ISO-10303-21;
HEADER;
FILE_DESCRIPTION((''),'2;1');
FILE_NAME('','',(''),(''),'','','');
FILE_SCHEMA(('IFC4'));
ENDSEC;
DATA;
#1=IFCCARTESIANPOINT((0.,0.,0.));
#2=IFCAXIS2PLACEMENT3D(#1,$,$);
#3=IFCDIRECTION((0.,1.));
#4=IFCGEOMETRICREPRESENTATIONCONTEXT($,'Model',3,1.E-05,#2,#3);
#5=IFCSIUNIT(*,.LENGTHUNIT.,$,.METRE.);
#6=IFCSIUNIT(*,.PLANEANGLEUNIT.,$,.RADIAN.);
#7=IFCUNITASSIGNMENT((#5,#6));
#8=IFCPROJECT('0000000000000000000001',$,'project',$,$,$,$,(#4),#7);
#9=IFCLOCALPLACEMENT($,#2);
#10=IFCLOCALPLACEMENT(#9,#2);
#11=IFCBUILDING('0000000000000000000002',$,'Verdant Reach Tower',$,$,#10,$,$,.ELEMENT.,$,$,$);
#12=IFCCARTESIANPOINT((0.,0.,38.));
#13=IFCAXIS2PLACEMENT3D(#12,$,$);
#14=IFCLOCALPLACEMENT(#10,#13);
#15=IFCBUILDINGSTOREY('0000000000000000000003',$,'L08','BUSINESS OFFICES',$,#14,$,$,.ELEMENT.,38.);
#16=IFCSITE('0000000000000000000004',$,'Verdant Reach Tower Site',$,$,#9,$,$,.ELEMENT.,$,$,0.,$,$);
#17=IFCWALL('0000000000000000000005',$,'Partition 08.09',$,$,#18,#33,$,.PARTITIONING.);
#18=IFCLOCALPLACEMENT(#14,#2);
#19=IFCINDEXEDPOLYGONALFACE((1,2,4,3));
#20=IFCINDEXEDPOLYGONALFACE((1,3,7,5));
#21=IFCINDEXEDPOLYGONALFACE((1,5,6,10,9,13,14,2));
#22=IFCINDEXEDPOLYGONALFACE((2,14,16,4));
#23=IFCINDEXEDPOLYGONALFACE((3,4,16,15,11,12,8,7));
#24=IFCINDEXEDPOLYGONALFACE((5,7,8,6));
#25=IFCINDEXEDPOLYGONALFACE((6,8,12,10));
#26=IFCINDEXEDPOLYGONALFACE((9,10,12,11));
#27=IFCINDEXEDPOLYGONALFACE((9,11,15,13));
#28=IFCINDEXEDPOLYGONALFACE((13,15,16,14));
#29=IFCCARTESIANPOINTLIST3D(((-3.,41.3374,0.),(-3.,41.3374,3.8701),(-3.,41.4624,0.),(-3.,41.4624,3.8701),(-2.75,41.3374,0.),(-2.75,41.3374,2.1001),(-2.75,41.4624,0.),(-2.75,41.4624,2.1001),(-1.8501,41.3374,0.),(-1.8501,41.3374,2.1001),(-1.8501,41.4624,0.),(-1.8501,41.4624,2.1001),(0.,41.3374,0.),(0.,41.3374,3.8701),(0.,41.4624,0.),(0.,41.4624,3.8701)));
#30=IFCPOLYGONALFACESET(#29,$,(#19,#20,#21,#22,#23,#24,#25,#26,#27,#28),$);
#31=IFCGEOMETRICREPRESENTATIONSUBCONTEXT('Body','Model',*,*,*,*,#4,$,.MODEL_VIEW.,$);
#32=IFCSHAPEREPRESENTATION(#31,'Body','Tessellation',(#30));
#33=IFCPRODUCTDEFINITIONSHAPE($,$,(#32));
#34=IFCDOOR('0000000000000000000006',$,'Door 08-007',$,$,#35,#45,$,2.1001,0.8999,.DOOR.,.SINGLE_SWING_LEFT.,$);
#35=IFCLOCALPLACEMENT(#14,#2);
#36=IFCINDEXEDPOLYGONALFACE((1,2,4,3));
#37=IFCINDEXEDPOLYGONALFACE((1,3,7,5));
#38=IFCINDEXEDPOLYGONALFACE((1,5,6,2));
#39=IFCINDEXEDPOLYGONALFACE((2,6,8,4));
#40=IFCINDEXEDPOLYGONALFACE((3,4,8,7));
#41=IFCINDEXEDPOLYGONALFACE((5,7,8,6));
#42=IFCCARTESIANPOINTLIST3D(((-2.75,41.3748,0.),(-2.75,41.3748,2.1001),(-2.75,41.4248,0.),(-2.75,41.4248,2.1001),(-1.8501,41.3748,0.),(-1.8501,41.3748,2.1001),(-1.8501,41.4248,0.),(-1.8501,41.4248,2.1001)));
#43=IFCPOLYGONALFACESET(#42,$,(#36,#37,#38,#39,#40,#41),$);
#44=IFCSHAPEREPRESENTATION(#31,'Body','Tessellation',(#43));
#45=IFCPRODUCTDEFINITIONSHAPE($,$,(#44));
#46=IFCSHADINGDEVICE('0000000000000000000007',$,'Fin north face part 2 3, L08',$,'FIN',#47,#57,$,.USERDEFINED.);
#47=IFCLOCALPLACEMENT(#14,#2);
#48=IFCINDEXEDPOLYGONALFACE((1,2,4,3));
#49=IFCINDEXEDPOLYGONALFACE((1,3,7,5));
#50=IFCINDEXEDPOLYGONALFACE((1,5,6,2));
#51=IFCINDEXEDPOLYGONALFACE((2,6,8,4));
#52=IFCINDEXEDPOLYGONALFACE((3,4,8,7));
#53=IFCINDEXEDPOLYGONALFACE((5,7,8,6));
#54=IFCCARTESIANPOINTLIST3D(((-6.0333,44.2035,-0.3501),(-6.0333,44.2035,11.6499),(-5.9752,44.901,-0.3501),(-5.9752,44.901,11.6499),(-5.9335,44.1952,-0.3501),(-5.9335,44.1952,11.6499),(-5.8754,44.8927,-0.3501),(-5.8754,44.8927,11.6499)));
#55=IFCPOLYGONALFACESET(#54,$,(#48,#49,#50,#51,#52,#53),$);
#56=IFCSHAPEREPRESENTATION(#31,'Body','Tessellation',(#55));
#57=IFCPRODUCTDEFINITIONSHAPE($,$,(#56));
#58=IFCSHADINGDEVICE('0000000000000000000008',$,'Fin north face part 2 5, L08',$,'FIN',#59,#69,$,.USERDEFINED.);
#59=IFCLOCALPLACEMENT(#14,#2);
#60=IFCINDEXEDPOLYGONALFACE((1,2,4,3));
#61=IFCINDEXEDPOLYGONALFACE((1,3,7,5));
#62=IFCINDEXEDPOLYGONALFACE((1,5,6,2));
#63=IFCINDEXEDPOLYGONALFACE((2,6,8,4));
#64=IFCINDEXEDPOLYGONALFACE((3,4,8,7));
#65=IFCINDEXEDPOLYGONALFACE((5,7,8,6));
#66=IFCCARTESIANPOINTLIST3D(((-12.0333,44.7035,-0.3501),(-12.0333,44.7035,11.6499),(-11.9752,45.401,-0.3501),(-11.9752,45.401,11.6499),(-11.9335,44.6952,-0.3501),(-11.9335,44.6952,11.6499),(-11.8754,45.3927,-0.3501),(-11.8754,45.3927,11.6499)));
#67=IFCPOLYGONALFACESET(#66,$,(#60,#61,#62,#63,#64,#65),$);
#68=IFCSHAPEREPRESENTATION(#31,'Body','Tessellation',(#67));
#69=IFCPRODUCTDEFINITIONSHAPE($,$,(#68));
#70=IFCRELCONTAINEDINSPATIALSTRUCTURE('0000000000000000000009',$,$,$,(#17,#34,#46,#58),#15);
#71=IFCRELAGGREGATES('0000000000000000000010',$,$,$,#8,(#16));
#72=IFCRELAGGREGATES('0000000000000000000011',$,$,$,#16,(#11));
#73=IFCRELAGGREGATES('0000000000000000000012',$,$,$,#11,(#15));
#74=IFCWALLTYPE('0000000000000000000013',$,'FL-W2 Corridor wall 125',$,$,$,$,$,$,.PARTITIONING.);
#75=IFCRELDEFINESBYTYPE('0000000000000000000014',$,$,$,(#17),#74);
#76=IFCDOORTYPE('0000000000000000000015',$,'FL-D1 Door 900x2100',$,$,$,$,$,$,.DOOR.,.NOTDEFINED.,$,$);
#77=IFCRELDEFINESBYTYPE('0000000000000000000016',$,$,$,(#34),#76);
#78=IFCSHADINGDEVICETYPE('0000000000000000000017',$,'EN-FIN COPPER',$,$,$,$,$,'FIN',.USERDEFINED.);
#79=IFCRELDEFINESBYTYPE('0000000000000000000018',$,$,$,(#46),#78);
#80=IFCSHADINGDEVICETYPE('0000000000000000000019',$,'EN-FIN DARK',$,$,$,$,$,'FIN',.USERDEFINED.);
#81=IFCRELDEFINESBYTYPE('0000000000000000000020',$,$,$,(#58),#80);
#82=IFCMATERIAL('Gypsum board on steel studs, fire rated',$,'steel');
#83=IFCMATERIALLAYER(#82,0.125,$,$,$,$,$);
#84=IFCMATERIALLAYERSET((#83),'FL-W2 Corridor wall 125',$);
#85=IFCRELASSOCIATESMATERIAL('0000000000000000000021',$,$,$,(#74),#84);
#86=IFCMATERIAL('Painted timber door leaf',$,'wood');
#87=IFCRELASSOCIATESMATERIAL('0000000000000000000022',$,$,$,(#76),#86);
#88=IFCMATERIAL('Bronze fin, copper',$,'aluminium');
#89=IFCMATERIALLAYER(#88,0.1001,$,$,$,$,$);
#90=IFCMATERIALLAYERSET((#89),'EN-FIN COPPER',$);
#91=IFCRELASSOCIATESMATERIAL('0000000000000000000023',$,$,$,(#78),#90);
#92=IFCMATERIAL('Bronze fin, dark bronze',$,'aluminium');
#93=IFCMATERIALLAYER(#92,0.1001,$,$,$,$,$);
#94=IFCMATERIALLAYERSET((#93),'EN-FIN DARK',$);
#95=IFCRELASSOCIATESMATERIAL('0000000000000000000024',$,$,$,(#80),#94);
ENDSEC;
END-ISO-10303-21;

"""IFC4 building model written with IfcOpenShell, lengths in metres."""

from ifc_helpers import new_model, si_unit, direction, frame, frame_2d, origin, origin_2d, place, context, subcontext, project, spatial, rectangle, extrude, material, layer, layer_set, type_object, element, fill, save


model = new_model("IFC4")

# Units and contexts
model_context = context("Model", 3, precision=1e-05, world=origin(), true_north=direction((0.0, 1.0)))
body_context = subcontext(model_context, "Body", "Model", "MODEL_VIEW")
ifc_project = project(units=[si_unit("LENGTHUNIT", "METRE"), si_unit("PLANEANGLEUNIT", "RADIAN")], contexts=[model_context])

# Site, building, storey
site_placement = place(None, origin())
site = spatial("IfcSite", under=ifc_project, at=site_placement, Name="Verdant Reach Tower Site", CompositionType="ELEMENT", RefElevation=0.0)
building_placement = place(site_placement, origin())
building = spatial("IfcBuilding", under=site, at=building_placement, Name="Verdant Reach Tower", CompositionType="ELEMENT")
storey_placement = place(building_placement, frame((0.0, 0.0, 38.0)))
storey = spatial("IfcBuildingStorey", under=building, at=storey_placement, Name="L08", Description="BUSINESS OFFICES", CompositionType="ELEMENT", Elevation=38.0)

# Wall, opening, door
ifc_material_1 = material(Name="Gypsum board on steel studs, fire rated", Category="steel")
ifc_layer_1 = layer(ifc_material_1, 0.125)
ifc_layer_set_1 = layer_set([ifc_layer_1], Name="FL-W2 Corridor wall 125")
wall_type_1 = type_object("IfcWallType", Name="FL-W2 Corridor wall 125", PredefinedType="PARTITIONING", material=ifc_layer_set_1)
wall_1_placement = place(storey_placement, frame((-3.0, 41.3999, 0.0), z_axis=(0.0, 0.0, 1.0), x_axis=(1.0, 0.0, 0.0)))
wall_1 = element("IfcWall", 1, at=wall_1_placement, inside=storey, type_object=wall_type_1, Name="Partition 08.09", PredefinedType="PARTITIONING", context=body_context, shape_type="SweptSolid", body=[
    extrude(rectangle(XDim=3.0, YDim=0.125, at=frame_2d((1.5, 0.0))), origin(), (0.0, 0.0, 1.0), 3.8701),
])
opening_1_placement = place(wall_1_placement, frame((0.25, 0.0, 0.0)))
opening_1 = element("IfcOpeningElement", 2, at=opening_1_placement, cuts=wall_1, PredefinedType="OPENING", context=body_context, shape_type="SweptSolid", body=[
    extrude(rectangle(XDim=0.8999, YDim=2.1001, at=frame_2d((0.45, 1.05))), frame((0.0, 0.0725, 0.0), z_axis=(0.0, -1.0, 0.0), x_axis=(1.0, 0.0, 0.0)), (0.0, 0.0, 1.0), 0.145),
])
ifc_material_2 = material(Name="Painted timber door leaf", Category="wood")
door_type_1 = type_object("IfcDoorType", Name="FL-D1 Door 900x2100", OperationType="NOTDEFINED", PredefinedType="DOOR", material=ifc_material_2)
door_1_placement = place(opening_1_placement, origin())
door_1 = element("IfcDoor", 3, at=door_1_placement, inside=storey, type_object=door_type_1, Name="Door 08-007", OperationType="SINGLE_SWING_LEFT", OverallHeight=2.1001, OverallWidth=0.8999, PredefinedType="DOOR", context=body_context, shape_type="SweptSolid", body=[
    extrude(rectangle(XDim=0.8999, YDim=2.1001, at=frame_2d((0.45, 1.05))), frame((0.0, 0.0249, 0.0), z_axis=(0.0, -1.0, 0.0), x_axis=(1.0, 0.0, 0.0)), (0.0, 0.0, 1.0), 0.05),
])
fill(opening_1, door_1)

# Shading devices
ifc_material_3 = material(Name="Bronze fin, copper", Category="aluminium")
ifc_layer_2 = layer(ifc_material_3, 0.1001)
ifc_layer_set_2 = layer_set([ifc_layer_2], Name="EN-FIN COPPER")
shading_device_type_1 = type_object("IfcShadingDeviceType", Name="EN-FIN COPPER", ElementType="FIN", PredefinedType="USERDEFINED", material=ifc_layer_set_2)
shading_device_1_placement = place(storey_placement, frame((-5.9543, 44.5481, -0.3501), z_axis=(0.0, 0.0, 1.0), x_axis=(-0.996546, 0.083045, 0.0)))
element("IfcShadingDevice", 4, at=shading_device_1_placement, inside=storey, type_object=shading_device_type_1, Name="Fin north face part 2 3, L08", ObjectType="FIN", PredefinedType="USERDEFINED", context=body_context, shape_type="SweptSolid", body=[
    extrude(rectangle(XDim=0.1001, YDim=0.7, at=origin_2d()), origin(), (0.0, 0.0, 1.0), 12.0),
])
ifc_material_4 = material(Name="Bronze fin, dark bronze", Category="aluminium")
ifc_layer_3 = layer(ifc_material_4, 0.1001)
ifc_layer_set_3 = layer_set([ifc_layer_3], Name="EN-FIN DARK")
shading_device_type_2 = type_object("IfcShadingDeviceType", Name="EN-FIN DARK", ElementType="FIN", PredefinedType="USERDEFINED", material=ifc_layer_set_3)
shading_device_2_placement = place(storey_placement, frame((-11.9543, 45.0481, -0.3501), z_axis=(0.0, 0.0, 1.0), x_axis=(-0.996546, 0.083045, 0.0)))
element("IfcShadingDevice", 5, at=shading_device_2_placement, inside=storey, type_object=shading_device_type_2, Name="Fin north face part 2 5, L08", ObjectType="FIN", PredefinedType="USERDEFINED", context=body_context, shape_type="SweptSolid", body=[
    extrude(rectangle(XDim=0.1001, YDim=0.7, at=origin_2d()), origin(), (0.0, 0.0, 1.0), 12.0),
])

save(model, "model.ifc")
